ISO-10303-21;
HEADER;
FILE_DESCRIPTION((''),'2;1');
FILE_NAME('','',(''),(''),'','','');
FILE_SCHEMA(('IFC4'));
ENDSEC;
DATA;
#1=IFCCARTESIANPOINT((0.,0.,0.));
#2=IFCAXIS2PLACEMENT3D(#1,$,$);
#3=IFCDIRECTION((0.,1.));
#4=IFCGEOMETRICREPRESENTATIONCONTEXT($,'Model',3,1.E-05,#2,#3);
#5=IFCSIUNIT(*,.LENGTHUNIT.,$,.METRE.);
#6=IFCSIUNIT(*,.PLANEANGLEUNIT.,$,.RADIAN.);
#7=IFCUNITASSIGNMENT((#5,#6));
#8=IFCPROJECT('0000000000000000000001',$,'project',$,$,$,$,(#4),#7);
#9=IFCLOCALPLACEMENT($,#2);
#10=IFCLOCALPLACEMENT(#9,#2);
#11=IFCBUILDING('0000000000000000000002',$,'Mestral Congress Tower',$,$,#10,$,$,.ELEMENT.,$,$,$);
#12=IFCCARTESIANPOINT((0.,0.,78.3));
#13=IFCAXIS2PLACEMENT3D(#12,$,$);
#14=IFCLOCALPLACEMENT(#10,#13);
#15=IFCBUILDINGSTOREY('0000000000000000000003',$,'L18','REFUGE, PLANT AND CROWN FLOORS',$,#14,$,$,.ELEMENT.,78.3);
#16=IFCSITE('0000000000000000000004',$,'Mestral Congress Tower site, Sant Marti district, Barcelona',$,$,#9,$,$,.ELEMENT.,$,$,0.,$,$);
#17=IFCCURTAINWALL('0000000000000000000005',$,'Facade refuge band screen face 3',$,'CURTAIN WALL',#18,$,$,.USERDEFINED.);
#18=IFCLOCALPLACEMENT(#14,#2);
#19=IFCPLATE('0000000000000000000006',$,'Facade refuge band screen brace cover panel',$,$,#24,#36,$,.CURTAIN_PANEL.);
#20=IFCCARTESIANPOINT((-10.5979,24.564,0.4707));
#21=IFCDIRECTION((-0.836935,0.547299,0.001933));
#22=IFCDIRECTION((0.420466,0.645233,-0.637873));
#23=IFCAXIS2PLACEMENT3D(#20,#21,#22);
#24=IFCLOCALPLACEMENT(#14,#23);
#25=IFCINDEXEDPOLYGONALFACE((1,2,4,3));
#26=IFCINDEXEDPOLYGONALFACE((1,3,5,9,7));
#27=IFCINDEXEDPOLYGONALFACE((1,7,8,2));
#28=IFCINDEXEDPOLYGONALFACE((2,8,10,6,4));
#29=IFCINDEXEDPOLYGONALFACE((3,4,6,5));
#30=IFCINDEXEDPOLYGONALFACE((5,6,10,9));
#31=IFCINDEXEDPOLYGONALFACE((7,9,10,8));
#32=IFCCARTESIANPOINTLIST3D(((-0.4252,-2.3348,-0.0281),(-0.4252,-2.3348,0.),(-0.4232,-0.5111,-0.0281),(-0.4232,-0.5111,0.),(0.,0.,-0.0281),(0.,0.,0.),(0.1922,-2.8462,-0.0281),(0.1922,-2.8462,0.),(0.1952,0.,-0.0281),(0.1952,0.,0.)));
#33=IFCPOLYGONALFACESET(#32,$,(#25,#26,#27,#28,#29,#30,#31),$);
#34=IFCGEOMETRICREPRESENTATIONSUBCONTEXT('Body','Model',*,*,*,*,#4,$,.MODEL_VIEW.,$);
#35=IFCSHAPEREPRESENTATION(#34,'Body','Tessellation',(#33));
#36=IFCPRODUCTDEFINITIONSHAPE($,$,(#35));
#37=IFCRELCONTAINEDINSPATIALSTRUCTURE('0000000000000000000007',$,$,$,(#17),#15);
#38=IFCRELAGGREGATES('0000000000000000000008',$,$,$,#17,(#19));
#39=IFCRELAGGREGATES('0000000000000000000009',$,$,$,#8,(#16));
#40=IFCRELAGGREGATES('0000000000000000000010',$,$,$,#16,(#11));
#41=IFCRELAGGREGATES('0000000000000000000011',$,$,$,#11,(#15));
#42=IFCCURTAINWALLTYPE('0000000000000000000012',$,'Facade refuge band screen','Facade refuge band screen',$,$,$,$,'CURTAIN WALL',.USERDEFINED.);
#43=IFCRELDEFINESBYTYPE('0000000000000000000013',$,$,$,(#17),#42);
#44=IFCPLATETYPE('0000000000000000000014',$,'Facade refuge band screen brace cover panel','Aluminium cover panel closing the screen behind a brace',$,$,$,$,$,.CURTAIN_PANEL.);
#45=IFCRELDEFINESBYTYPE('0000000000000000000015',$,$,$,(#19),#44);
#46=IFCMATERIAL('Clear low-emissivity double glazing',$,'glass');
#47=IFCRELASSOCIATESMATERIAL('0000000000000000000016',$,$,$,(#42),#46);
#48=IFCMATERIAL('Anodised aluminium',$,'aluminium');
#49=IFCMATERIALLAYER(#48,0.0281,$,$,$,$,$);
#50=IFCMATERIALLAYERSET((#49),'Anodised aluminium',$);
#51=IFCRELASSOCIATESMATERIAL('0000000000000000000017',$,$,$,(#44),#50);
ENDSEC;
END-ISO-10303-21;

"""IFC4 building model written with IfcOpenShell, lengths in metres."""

from ifc_helpers import new_model, si_unit, direction, frame, origin, place, context, subcontext, project, spatial, polyline, outline, extrude, material, layer, layer_set, type_object, element, aggregate, save


model = new_model("IFC4")

# Units and contexts
model_context = context("Model", 3, precision=1e-05, world=origin(), true_north=direction((0.0, 1.0)))
body_context = subcontext(model_context, "Body", "Model", "MODEL_VIEW")
ifc_project = project(units=[si_unit("LENGTHUNIT", "METRE"), si_unit("PLANEANGLEUNIT", "RADIAN")], contexts=[model_context])

# Site, building, storey
site_placement = place(None, origin())
site = spatial("IfcSite", under=ifc_project, at=site_placement, Name="Mestral Congress Tower site, Sant Marti district, Barcelona", CompositionType="ELEMENT", RefElevation=0.0)
building_placement = place(site_placement, origin())
building = spatial("IfcBuilding", under=site, at=building_placement, Name="Mestral Congress Tower", CompositionType="ELEMENT")
storey_placement = place(building_placement, frame((0.0, 0.0, 78.3)))
storey = spatial("IfcBuildingStorey", under=building, at=storey_placement, Name="L18", Description="REFUGE, PLANT AND CROWN FLOORS", CompositionType="ELEMENT", Elevation=78.3)

# Curtain wall
ifc_material_1 = material(Name="Clear low-emissivity double glazing", Category="glass")
curtain_wall_type = type_object("IfcCurtainWallType", Name="Facade refuge band screen", Description="Facade refuge band screen", ElementType="CURTAIN WALL", PredefinedType="USERDEFINED", material=ifc_material_1)
curtain_wall_placement = place(storey_placement, origin())
curtain_wall = element("IfcCurtainWall", 1, at=curtain_wall_placement, inside=storey, type_object=curtain_wall_type, Name="Facade refuge band screen face 3", ObjectType="CURTAIN WALL", PredefinedType="USERDEFINED")
ifc_material_2 = material(Name="Anodised aluminium", Category="aluminium")

# Plate
ifc_layer_1 = layer(ifc_material_2, 0.0281)
ifc_layer_set_1 = layer_set([ifc_layer_1], Name="Anodised aluminium")
plate_type_1 = type_object("IfcPlateType", Name="Facade refuge band screen brace cover panel", Description="Aluminium cover panel closing the screen behind a brace", PredefinedType="CURTAIN_PANEL", material=ifc_layer_set_1)
plate_1_placement = place(storey_placement, frame((-10.5979, 24.564, 0.4707), z_axis=(-0.836935, 0.547299, 0.001933), x_axis=(0.420466, 0.645233, -0.637873)))
plate_1 = element("IfcPlate", 2, at=plate_1_placement, type_object=plate_type_1, Name="Facade refuge band screen brace cover panel", PredefinedType="CURTAIN_PANEL", context=body_context, shape_type="SweptSolid", body=[
    extrude(outline(polyline([(0.0, 0.0), (0.1952, 0.0), (0.1922, -2.8462), (-0.4252, -2.3348), (-0.4232, -0.5111), (0.0, 0.0)])), origin(), (0.0, 0.0, -1.0), 0.0281),
])
aggregate(curtain_wall, [plate_1])

save(model, "model.ifc")
